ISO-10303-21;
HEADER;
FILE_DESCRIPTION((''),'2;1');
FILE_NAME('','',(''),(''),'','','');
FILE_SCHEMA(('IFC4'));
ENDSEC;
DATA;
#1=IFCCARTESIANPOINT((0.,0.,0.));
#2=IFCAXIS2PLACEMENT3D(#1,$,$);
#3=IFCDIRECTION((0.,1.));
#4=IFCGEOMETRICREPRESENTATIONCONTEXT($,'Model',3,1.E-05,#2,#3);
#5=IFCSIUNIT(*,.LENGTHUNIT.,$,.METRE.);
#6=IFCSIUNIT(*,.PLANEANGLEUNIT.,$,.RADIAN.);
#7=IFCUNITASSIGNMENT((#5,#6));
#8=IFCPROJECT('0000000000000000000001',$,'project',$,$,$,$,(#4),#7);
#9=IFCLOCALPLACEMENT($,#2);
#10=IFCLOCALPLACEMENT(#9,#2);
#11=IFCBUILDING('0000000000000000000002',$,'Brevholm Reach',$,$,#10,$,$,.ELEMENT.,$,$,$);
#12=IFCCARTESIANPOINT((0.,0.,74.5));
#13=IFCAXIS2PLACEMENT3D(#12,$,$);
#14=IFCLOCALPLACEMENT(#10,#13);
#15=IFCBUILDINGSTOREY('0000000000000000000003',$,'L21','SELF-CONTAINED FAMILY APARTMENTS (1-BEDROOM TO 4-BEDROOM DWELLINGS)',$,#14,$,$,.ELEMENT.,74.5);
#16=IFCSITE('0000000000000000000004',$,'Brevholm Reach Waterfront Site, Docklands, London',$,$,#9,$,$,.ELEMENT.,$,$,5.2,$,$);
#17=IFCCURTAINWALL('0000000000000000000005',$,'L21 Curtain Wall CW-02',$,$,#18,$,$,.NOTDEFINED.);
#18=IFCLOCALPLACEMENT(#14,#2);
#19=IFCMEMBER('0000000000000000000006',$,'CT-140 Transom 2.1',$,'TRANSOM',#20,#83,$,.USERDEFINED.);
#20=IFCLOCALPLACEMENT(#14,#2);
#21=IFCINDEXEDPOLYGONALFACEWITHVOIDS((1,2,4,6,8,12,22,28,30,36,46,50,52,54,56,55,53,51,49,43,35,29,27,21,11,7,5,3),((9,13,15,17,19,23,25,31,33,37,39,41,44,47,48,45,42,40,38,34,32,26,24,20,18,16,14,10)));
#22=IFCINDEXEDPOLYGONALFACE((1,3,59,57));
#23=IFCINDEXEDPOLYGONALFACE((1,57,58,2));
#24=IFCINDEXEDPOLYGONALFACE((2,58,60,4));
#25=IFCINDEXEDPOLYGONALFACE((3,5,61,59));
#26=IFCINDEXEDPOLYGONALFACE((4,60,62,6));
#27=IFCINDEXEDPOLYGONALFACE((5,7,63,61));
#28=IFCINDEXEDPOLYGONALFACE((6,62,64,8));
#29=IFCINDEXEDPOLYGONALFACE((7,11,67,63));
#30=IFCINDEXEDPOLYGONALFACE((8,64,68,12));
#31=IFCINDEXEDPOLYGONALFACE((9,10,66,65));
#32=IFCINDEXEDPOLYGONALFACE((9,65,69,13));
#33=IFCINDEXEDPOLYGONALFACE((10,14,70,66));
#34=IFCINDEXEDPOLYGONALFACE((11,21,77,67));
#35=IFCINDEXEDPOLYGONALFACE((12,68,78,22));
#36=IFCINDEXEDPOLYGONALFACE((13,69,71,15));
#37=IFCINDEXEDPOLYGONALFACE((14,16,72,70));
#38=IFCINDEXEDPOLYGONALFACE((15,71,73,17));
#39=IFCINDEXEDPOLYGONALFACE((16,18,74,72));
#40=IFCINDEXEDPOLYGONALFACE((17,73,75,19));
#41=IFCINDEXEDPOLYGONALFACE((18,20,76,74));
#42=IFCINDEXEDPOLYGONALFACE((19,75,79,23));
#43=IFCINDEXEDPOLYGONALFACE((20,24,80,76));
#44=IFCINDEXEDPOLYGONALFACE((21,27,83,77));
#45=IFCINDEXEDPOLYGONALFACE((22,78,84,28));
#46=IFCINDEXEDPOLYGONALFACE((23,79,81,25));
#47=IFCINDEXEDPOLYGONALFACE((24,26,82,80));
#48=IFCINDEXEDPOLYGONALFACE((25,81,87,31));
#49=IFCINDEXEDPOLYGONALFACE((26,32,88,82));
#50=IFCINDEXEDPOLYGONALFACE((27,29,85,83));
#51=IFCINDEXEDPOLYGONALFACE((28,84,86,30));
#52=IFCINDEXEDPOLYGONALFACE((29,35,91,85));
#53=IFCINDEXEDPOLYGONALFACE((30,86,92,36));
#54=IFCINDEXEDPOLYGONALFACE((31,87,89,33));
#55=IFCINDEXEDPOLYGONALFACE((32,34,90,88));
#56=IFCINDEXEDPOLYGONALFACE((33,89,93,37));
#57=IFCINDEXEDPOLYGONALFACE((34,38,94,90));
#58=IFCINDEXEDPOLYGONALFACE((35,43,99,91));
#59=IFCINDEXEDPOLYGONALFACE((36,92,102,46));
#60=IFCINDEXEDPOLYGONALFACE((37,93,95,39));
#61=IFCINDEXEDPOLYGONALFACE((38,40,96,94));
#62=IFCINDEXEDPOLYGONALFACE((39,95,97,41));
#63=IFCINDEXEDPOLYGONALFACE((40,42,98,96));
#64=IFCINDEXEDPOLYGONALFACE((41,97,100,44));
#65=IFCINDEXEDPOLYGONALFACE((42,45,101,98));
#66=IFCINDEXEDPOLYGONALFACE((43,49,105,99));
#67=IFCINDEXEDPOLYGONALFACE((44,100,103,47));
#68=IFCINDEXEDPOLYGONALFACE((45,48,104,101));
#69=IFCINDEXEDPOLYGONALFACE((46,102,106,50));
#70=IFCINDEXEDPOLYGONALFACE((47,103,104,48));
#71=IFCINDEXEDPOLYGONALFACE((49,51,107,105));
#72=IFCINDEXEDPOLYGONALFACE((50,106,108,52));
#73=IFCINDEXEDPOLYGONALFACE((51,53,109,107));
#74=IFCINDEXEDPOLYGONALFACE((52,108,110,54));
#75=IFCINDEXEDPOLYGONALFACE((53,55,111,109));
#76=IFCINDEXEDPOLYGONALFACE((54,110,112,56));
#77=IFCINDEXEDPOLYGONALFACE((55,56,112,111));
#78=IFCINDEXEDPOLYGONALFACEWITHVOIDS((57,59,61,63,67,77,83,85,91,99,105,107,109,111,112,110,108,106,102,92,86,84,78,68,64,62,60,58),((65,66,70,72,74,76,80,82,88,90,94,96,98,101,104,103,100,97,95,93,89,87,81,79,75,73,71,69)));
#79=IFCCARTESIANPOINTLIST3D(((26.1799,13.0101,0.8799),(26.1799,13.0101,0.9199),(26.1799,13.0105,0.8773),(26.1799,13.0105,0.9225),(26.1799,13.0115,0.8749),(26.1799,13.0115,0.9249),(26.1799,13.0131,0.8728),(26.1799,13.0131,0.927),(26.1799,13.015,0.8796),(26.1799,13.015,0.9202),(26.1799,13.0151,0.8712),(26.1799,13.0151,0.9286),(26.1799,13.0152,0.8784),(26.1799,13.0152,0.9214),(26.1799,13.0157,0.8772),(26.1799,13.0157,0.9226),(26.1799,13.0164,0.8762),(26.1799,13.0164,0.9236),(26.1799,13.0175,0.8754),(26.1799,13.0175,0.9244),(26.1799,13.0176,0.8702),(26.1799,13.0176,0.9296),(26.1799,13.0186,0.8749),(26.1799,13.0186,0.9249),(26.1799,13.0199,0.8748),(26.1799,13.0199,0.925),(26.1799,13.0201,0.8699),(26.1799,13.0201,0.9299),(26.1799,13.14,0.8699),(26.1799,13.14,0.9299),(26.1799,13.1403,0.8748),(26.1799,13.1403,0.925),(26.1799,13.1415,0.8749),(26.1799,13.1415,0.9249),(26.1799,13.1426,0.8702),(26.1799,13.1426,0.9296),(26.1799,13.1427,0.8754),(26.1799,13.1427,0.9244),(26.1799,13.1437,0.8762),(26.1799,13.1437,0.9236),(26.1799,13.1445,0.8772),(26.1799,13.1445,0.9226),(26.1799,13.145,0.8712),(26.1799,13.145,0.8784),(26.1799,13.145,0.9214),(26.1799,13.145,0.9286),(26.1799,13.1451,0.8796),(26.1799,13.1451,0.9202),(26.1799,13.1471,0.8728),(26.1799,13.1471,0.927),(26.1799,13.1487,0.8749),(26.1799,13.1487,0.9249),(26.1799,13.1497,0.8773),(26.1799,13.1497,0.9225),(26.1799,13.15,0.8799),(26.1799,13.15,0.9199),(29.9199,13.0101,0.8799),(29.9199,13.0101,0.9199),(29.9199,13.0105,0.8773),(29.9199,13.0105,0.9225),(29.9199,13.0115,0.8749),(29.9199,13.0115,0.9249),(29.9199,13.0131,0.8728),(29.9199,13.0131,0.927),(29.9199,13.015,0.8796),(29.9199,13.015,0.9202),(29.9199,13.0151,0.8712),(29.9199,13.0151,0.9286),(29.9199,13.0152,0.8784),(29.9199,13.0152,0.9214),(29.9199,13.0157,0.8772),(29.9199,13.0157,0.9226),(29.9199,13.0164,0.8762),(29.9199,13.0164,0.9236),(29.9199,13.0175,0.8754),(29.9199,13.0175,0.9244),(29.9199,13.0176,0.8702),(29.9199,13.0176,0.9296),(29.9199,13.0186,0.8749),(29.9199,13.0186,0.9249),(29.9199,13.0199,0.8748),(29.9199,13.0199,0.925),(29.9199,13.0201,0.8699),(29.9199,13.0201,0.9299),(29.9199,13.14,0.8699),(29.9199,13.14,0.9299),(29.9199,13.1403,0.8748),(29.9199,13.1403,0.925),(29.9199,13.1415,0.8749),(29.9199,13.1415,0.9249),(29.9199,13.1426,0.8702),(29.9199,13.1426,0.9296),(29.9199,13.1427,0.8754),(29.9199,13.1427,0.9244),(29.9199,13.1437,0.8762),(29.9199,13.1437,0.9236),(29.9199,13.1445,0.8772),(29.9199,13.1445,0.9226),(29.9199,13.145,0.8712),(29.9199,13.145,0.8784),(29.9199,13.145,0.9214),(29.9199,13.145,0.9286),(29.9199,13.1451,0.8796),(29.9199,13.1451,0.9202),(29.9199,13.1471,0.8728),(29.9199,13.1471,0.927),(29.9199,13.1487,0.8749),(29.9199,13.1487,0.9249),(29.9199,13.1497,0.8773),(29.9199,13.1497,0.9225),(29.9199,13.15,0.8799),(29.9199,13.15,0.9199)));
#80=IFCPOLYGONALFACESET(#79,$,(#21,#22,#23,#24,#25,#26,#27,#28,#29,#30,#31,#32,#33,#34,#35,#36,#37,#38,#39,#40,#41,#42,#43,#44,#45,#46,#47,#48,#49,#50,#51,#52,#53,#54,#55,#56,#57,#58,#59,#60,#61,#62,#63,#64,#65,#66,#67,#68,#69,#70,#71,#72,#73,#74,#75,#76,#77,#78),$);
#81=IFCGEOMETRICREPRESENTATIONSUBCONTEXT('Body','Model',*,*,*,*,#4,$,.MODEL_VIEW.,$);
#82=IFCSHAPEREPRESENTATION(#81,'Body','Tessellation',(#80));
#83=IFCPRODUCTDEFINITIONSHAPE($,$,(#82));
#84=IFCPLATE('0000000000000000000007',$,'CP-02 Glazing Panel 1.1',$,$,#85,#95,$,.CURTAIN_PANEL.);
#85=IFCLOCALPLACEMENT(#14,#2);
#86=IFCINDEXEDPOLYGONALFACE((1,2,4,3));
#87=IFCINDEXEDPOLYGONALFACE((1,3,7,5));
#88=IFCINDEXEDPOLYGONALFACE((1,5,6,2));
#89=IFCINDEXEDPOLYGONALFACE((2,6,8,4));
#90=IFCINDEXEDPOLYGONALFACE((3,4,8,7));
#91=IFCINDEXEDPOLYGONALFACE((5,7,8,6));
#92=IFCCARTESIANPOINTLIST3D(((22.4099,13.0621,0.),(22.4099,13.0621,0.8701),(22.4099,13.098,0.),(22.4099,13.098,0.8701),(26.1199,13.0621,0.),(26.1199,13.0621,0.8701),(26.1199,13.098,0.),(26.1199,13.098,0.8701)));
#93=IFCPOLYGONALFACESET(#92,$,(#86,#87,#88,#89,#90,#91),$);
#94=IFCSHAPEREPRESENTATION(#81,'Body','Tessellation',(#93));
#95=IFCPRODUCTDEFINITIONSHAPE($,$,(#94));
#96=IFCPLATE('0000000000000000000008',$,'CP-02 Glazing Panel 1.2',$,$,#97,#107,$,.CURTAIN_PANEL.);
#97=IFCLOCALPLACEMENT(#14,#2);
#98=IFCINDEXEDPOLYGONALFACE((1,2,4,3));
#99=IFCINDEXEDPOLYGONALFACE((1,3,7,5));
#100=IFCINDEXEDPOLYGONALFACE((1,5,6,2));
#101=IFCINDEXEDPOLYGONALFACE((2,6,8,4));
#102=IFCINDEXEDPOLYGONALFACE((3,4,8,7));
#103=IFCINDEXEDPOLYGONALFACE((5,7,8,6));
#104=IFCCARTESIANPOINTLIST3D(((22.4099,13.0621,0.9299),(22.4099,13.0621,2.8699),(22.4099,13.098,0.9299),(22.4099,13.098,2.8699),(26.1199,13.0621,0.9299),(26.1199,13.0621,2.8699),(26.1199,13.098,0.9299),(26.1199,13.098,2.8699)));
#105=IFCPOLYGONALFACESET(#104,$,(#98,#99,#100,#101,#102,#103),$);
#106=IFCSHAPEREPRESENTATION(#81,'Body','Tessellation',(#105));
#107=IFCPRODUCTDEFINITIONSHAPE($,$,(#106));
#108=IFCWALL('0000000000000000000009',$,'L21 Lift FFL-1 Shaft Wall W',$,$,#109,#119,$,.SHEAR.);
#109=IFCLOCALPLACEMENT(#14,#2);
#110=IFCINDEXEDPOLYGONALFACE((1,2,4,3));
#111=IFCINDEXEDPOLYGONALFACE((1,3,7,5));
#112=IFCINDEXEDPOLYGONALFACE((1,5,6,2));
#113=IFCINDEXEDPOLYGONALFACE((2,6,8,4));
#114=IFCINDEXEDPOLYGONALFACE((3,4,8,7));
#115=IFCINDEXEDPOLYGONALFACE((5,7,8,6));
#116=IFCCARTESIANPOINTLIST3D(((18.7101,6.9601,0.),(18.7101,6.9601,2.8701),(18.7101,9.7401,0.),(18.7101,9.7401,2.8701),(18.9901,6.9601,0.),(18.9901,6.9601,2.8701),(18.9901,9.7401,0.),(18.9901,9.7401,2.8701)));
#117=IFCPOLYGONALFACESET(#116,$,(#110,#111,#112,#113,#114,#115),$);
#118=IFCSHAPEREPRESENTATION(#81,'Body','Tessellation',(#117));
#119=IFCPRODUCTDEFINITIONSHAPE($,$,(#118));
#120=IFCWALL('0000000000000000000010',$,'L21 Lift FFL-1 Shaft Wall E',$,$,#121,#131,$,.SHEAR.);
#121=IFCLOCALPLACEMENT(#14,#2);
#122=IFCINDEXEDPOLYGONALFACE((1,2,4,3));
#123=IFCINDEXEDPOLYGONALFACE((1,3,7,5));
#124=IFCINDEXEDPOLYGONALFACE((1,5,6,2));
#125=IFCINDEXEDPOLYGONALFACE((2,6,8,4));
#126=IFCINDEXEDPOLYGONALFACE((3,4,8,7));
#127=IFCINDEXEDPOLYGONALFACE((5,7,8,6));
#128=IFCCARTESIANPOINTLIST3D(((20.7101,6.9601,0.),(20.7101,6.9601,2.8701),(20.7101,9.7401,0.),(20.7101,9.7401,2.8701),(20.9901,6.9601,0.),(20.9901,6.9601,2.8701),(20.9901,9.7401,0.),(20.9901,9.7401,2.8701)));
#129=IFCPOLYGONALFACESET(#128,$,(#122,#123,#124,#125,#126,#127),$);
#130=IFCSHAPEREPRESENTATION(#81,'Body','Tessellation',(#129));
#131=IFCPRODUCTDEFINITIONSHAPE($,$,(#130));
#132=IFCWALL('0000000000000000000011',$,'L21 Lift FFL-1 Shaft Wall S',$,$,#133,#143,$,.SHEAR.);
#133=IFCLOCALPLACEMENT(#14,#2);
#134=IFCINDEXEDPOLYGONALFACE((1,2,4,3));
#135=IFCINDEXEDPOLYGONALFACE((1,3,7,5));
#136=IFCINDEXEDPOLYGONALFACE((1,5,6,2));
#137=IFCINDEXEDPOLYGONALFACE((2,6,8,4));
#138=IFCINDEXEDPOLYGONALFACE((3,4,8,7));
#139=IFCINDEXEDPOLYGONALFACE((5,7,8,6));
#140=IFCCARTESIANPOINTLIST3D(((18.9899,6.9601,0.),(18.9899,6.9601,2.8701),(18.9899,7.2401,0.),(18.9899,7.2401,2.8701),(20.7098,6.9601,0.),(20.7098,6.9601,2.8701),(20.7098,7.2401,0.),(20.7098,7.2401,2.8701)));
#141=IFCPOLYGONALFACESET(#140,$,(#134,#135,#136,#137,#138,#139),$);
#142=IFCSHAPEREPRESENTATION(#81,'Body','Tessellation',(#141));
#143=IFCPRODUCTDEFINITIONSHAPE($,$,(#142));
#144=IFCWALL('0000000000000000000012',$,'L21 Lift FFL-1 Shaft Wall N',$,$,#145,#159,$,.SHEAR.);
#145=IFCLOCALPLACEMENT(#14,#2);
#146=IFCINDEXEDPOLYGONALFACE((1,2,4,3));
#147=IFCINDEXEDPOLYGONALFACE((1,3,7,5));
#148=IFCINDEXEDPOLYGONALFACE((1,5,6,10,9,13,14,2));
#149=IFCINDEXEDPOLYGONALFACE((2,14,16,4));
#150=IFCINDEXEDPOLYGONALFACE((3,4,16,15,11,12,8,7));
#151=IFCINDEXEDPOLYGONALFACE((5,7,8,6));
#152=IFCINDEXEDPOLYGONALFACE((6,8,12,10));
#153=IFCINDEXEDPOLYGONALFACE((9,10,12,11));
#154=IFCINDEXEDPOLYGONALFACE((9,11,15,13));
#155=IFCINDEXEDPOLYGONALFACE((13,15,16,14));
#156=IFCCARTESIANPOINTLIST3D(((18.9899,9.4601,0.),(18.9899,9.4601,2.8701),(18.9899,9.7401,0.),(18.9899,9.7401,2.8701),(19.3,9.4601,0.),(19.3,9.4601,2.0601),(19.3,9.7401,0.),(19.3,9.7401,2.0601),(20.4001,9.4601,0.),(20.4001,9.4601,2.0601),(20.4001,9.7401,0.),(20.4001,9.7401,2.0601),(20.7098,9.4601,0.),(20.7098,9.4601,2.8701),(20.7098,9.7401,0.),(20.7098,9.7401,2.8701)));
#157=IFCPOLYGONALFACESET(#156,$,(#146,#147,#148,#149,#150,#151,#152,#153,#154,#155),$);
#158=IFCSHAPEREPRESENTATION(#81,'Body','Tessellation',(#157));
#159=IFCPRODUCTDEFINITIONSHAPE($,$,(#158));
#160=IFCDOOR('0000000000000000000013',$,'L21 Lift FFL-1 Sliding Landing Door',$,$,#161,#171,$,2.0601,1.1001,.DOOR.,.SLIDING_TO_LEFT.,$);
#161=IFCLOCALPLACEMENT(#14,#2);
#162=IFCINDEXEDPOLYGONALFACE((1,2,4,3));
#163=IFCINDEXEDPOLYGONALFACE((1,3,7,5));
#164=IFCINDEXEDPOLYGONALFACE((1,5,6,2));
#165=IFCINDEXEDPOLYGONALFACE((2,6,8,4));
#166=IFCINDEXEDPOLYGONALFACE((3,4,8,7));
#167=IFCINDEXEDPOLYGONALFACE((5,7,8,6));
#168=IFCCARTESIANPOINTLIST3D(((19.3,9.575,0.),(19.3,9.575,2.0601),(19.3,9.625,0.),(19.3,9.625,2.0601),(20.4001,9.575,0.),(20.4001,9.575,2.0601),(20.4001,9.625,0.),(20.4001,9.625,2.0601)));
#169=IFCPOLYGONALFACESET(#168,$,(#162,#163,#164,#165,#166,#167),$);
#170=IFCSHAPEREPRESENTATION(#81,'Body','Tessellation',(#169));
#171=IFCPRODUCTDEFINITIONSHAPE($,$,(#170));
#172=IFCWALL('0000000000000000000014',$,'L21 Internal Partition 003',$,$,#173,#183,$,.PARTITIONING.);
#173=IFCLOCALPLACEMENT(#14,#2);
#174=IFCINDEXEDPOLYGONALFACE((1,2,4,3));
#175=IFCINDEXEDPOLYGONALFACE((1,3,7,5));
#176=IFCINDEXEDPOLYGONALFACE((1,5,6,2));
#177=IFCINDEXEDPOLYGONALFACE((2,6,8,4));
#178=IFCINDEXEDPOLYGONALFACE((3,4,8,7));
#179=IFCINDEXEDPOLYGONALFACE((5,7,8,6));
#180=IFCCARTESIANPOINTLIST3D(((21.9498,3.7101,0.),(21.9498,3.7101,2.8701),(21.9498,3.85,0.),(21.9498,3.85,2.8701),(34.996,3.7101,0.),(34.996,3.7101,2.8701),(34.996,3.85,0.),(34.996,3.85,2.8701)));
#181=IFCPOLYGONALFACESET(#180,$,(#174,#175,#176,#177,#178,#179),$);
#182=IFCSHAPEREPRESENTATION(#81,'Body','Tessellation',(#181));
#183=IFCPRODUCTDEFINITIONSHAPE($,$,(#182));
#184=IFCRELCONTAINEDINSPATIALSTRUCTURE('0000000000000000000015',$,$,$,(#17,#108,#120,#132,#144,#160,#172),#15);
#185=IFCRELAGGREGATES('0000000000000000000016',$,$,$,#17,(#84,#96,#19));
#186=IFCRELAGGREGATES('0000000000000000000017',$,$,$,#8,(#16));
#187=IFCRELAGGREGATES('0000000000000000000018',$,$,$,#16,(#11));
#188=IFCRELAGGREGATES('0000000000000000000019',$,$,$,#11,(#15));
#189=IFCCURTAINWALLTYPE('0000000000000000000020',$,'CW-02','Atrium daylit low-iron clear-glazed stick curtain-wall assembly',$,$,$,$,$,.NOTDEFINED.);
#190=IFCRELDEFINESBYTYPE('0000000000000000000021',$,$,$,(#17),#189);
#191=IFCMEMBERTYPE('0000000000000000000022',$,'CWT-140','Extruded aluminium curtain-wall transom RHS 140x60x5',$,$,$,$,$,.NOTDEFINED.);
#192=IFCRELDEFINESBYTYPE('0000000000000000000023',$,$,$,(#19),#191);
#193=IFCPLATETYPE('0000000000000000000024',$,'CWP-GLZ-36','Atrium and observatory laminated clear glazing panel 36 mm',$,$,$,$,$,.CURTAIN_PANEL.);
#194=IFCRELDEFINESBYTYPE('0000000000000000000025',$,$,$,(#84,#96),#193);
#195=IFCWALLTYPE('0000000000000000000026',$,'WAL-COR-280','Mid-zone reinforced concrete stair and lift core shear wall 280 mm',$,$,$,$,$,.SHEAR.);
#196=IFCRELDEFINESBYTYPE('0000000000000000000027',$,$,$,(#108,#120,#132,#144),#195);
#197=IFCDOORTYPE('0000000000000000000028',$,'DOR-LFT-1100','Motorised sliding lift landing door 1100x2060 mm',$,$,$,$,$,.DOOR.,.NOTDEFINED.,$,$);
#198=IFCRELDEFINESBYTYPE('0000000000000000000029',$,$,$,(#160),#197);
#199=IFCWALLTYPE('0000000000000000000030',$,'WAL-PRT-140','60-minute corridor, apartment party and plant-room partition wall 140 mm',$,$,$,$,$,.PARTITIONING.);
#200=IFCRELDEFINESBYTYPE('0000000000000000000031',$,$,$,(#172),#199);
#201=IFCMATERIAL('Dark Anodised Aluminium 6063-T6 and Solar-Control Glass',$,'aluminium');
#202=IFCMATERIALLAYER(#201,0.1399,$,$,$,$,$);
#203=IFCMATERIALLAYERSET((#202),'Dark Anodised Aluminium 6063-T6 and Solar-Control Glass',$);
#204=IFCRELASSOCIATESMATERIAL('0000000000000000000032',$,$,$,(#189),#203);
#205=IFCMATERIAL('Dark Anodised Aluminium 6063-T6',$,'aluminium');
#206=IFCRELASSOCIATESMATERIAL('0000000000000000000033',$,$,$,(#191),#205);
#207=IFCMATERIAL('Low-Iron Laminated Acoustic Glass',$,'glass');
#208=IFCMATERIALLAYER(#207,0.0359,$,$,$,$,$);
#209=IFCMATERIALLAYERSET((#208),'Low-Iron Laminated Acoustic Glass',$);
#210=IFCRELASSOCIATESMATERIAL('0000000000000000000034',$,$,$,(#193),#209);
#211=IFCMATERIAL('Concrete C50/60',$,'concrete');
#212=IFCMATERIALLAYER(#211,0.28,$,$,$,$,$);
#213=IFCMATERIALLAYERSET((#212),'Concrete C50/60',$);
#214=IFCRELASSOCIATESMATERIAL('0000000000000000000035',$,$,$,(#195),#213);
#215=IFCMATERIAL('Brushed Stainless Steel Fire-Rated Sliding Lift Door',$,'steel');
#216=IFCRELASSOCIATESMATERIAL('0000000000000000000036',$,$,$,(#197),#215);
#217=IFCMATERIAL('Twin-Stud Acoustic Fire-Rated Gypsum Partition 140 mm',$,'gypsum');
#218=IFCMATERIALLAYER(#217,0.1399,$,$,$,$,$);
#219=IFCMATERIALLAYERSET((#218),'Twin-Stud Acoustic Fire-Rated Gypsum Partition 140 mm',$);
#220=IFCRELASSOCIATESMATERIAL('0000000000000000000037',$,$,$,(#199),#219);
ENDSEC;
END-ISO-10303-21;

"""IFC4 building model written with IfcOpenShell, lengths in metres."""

from ifc_helpers import new_model, si_unit, direction, frame, frame_2d, origin, origin_2d, place, context, subcontext, project, spatial, rectangle, hollow_rectangle, extrude, material, layer, layer_set, material_profile, profile_set, type_object, element, fill, aggregate, save


model = new_model("IFC4")

# Units and contexts
model_context = context("Model", 3, precision=1e-05, world=origin(), true_north=direction((0.0, 1.0)))
body_context = subcontext(model_context, "Body", "Model", "MODEL_VIEW")
ifc_project = project(units=[si_unit("LENGTHUNIT", "METRE"), si_unit("PLANEANGLEUNIT", "RADIAN")], contexts=[model_context])

# Site, building, storey
site_placement = place(None, origin())
site = spatial("IfcSite", under=ifc_project, at=site_placement, Name="Brevholm Reach Waterfront Site, Docklands, London", CompositionType="ELEMENT", RefElevation=5.2)
building_placement = place(site_placement, origin())
building = spatial("IfcBuilding", under=site, at=building_placement, Name="Brevholm Reach", CompositionType="ELEMENT")
storey_placement = place(building_placement, frame((0.0, 0.0, 74.5)))
storey = spatial("IfcBuildingStorey", under=building, at=storey_placement, Name="L21", Description="SELF-CONTAINED FAMILY APARTMENTS (1-BEDROOM TO 4-BEDROOM DWELLINGS)", CompositionType="ELEMENT", Elevation=74.5)

# Curtain wall, member, plates
ifc_material_1 = material(Name="Dark Anodised Aluminium 6063-T6 and Solar-Control Glass", Category="aluminium")
ifc_layer_1 = layer(ifc_material_1, 0.1399)
ifc_layer_set_1 = layer_set([ifc_layer_1], Name="Dark Anodised Aluminium 6063-T6 and Solar-Control Glass")
curtain_wall_type = type_object("IfcCurtainWallType", Name="CW-02", Description="Atrium daylit low-iron clear-glazed stick curtain-wall assembly", PredefinedType="NOTDEFINED", material=ifc_layer_set_1)
curtain_wall_placement = place(storey_placement, origin())
curtain_wall = element("IfcCurtainWall", 1, at=curtain_wall_placement, inside=storey, type_object=curtain_wall_type, Name="L21 Curtain Wall CW-02", PredefinedType="NOTDEFINED")
ifc_material_2 = material(Name="Dark Anodised Aluminium 6063-T6", Category="aluminium")
ifc_material_profile_1 = material_profile(ifc_material_2, hollow_rectangle(XDim=0.0601, YDim=0.1399, WallThickness=0.0049, InnerFilletRadius=0.0049, OuterFilletRadius=0.01, at=origin_2d()), Name="RHS 140x60x5")
ifc_profile_set_1 = profile_set([ifc_material_profile_1], Name="Dark Anodised Aluminium 6063-T6")
member_type_1 = type_object("IfcMemberType", Name="CWT-140", Description="Extruded aluminium curtain-wall transom RHS 140x60x5", PredefinedType="NOTDEFINED", material=ifc_profile_set_1)
member_1_placement = place(storey_placement, frame((26.1799, 13.0801, 0.8999), z_axis=(1.0, 0.0, 0.0), x_axis=(0.0, 0.0, 1.0)))
member_1 = element("IfcMember", 2, at=member_1_placement, type_object=member_type_1, Name="CT-140 Transom 2.1", ObjectType="TRANSOM", PredefinedType="USERDEFINED", context=body_context, shape_type="SweptSolid", body=[
    extrude(hollow_rectangle(XDim=0.0601, YDim=0.1399, WallThickness=0.0049, InnerFilletRadius=0.0049, OuterFilletRadius=0.01, at=origin_2d()), origin(), (0.0, 0.0, 1.0), 3.74),
])
ifc_material_3 = material(Name="Low-Iron Laminated Acoustic Glass", Category="glass")
ifc_layer_2 = layer(ifc_material_3, 0.0359)
ifc_layer_set_2 = layer_set([ifc_layer_2], Name="Low-Iron Laminated Acoustic Glass")
plate_type = type_object("IfcPlateType", Name="CWP-GLZ-36", Description="Atrium and observatory laminated clear glazing panel 36 mm", PredefinedType="CURTAIN_PANEL", material=ifc_layer_set_2)
plate_1_placement = place(storey_placement, frame((24.2649, 13.0801, 0.0), z_axis=(0.0, 0.0, 1.0), x_axis=(1.0, 0.0, 0.0)))
plate_1 = element("IfcPlate", 3, at=plate_1_placement, type_object=plate_type, Name="CP-02 Glazing Panel 1.1", PredefinedType="CURTAIN_PANEL", context=body_context, shape_type="SweptSolid", body=[
    extrude(rectangle(XDim=3.71, YDim=0.0359, at=origin_2d()), origin(), (0.0, 0.0, 1.0), 0.8701),
])
plate_2_placement = place(storey_placement, frame((24.2649, 13.0801, 0.9299), z_axis=(0.0, 0.0, 1.0), x_axis=(1.0, 0.0, 0.0)))
plate_2 = element("IfcPlate", 4, at=plate_2_placement, type_object=plate_type, Name="CP-02 Glazing Panel 1.2", PredefinedType="CURTAIN_PANEL", context=body_context, shape_type="SweptSolid", body=[
    extrude(rectangle(XDim=3.71, YDim=0.0359, at=origin_2d()), origin(), (0.0, 0.0, 1.0), 1.9399),
])
aggregate(curtain_wall, [plate_1, plate_2, member_1])

# Walls
ifc_material_4 = material(Name="Concrete C50/60", Category="concrete")
ifc_layer_3 = layer(ifc_material_4, 0.28)
ifc_layer_set_3 = layer_set([ifc_layer_3], Name="Concrete C50/60")
wall_type_1 = type_object("IfcWallType", Name="WAL-COR-280", Description="Mid-zone reinforced concrete stair and lift core shear wall 280 mm", PredefinedType="SHEAR", material=ifc_layer_set_3)
for number, where, z_axis, x_axis, name in (
    (5, (18.8501, 6.96, 0.0), (0.0, 0.0, 1.0), (0.0, 1.0, 0.0), "L21 Lift FFL-1 Shaft Wall W"),
    (6, (20.8501, 6.96, 0.0), (0.0, 0.0, 1.0), (0.0, 1.0, 0.0), "L21 Lift FFL-1 Shaft Wall E"),
):
    element("IfcWall", number, at=place(storey_placement, frame(where, z_axis=z_axis, x_axis=x_axis)), inside=storey, type_object=wall_type_1, Name=name, PredefinedType="SHEAR", context=body_context, shape_type="SweptSolid", body=[
        extrude(rectangle(XDim=2.78, YDim=0.28, at=frame_2d((1.3901, 0.0))), origin(), (0.0, 0.0, 1.0), 2.8701),
    ])
wall_1_placement = place(storey_placement, frame((18.99, 7.1001, 0.0), z_axis=(0.0, 0.0, 1.0), x_axis=(1.0, 0.0, 0.0)))
element("IfcWall", 7, at=wall_1_placement, inside=storey, type_object=wall_type_1, Name="L21 Lift FFL-1 Shaft Wall S", PredefinedType="SHEAR", context=body_context, shape_type="SweptSolid", body=[
    extrude(rectangle(XDim=1.72, YDim=0.28, at=frame_2d((0.8599, 0.0))), origin(), (0.0, 0.0, 1.0), 2.8701),
])

# Wall, opening, door
wall_2_placement = place(storey_placement, frame((18.99, 9.6001, 0.0), z_axis=(0.0, 0.0, 1.0), x_axis=(1.0, 0.0, 0.0)))
wall_2 = element("IfcWall", 8, at=wall_2_placement, inside=storey, type_object=wall_type_1, Name="L21 Lift FFL-1 Shaft Wall N", PredefinedType="SHEAR", context=body_context, shape_type="SweptSolid", body=[
    extrude(rectangle(XDim=1.72, YDim=0.28, at=frame_2d((0.8599, 0.0))), origin(), (0.0, 0.0, 1.0), 2.8701),
])
opening_1_placement = place(wall_2_placement, frame((0.3101, 0.0, 0.0)))
opening_1 = element("IfcOpeningElement", 9, at=opening_1_placement, cuts=wall_2, PredefinedType="OPENING", context=body_context, shape_type="SweptSolid", body=[
    extrude(rectangle(XDim=1.1001, YDim=2.0601, at=frame_2d((0.55, 1.03))), frame((0.0, 0.1499, 0.0), z_axis=(0.0, -1.0, 0.0), x_axis=(1.0, 0.0, 0.0)), (0.0, 0.0, 1.0), 0.3),
])
ifc_material_5 = material(Name="Brushed Stainless Steel Fire-Rated Sliding Lift Door", Category="steel")
door_type_1 = type_object("IfcDoorType", Name="DOR-LFT-1100", Description="Motorised sliding lift landing door 1100x2060 mm", OperationType="NOTDEFINED", PredefinedType="DOOR", material=ifc_material_5)
door_1_placement = place(opening_1_placement, origin())
door_1 = element("IfcDoor", 10, at=door_1_placement, inside=storey, type_object=door_type_1, Name="L21 Lift FFL-1 Sliding Landing Door", OperationType="SLIDING_TO_LEFT", OverallHeight=2.0601, OverallWidth=1.1001, PredefinedType="DOOR", context=body_context, shape_type="SweptSolid", body=[
    extrude(rectangle(XDim=1.1001, YDim=2.0601, at=frame_2d((0.55, 1.03))), frame((0.0, 0.0249, 0.0), z_axis=(0.0, -1.0, 0.0), x_axis=(1.0, 0.0, 0.0)), (0.0, 0.0, 1.0), 0.05),
])
fill(opening_1, door_1)

# Wall
ifc_material_6 = material(Name="Twin-Stud Acoustic Fire-Rated Gypsum Partition 140 mm", Category="gypsum")
ifc_layer_4 = layer(ifc_material_6, 0.1399)
ifc_layer_set_4 = layer_set([ifc_layer_4], Name="Twin-Stud Acoustic Fire-Rated Gypsum Partition 140 mm")
wall_type_2 = type_object("IfcWallType", Name="WAL-PRT-140", Description="60-minute corridor, apartment party and plant-room partition wall 140 mm", PredefinedType="PARTITIONING", material=ifc_layer_set_4)
wall_3_placement = place(storey_placement, frame((21.95, 3.78, 0.0), z_axis=(0.0, 0.0, 1.0), x_axis=(1.0, 0.0, 0.0)))
element("IfcWall", 11, at=wall_3_placement, inside=storey, type_object=wall_type_2, Name="L21 Internal Partition 003", PredefinedType="PARTITIONING", context=body_context, shape_type="SweptSolid", body=[
    extrude(rectangle(XDim=13.0461, YDim=0.1399, at=frame_2d((6.5229, 0.0))), origin(), (0.0, 0.0, 1.0), 2.8701),
])

save(model, "model.ifc")
